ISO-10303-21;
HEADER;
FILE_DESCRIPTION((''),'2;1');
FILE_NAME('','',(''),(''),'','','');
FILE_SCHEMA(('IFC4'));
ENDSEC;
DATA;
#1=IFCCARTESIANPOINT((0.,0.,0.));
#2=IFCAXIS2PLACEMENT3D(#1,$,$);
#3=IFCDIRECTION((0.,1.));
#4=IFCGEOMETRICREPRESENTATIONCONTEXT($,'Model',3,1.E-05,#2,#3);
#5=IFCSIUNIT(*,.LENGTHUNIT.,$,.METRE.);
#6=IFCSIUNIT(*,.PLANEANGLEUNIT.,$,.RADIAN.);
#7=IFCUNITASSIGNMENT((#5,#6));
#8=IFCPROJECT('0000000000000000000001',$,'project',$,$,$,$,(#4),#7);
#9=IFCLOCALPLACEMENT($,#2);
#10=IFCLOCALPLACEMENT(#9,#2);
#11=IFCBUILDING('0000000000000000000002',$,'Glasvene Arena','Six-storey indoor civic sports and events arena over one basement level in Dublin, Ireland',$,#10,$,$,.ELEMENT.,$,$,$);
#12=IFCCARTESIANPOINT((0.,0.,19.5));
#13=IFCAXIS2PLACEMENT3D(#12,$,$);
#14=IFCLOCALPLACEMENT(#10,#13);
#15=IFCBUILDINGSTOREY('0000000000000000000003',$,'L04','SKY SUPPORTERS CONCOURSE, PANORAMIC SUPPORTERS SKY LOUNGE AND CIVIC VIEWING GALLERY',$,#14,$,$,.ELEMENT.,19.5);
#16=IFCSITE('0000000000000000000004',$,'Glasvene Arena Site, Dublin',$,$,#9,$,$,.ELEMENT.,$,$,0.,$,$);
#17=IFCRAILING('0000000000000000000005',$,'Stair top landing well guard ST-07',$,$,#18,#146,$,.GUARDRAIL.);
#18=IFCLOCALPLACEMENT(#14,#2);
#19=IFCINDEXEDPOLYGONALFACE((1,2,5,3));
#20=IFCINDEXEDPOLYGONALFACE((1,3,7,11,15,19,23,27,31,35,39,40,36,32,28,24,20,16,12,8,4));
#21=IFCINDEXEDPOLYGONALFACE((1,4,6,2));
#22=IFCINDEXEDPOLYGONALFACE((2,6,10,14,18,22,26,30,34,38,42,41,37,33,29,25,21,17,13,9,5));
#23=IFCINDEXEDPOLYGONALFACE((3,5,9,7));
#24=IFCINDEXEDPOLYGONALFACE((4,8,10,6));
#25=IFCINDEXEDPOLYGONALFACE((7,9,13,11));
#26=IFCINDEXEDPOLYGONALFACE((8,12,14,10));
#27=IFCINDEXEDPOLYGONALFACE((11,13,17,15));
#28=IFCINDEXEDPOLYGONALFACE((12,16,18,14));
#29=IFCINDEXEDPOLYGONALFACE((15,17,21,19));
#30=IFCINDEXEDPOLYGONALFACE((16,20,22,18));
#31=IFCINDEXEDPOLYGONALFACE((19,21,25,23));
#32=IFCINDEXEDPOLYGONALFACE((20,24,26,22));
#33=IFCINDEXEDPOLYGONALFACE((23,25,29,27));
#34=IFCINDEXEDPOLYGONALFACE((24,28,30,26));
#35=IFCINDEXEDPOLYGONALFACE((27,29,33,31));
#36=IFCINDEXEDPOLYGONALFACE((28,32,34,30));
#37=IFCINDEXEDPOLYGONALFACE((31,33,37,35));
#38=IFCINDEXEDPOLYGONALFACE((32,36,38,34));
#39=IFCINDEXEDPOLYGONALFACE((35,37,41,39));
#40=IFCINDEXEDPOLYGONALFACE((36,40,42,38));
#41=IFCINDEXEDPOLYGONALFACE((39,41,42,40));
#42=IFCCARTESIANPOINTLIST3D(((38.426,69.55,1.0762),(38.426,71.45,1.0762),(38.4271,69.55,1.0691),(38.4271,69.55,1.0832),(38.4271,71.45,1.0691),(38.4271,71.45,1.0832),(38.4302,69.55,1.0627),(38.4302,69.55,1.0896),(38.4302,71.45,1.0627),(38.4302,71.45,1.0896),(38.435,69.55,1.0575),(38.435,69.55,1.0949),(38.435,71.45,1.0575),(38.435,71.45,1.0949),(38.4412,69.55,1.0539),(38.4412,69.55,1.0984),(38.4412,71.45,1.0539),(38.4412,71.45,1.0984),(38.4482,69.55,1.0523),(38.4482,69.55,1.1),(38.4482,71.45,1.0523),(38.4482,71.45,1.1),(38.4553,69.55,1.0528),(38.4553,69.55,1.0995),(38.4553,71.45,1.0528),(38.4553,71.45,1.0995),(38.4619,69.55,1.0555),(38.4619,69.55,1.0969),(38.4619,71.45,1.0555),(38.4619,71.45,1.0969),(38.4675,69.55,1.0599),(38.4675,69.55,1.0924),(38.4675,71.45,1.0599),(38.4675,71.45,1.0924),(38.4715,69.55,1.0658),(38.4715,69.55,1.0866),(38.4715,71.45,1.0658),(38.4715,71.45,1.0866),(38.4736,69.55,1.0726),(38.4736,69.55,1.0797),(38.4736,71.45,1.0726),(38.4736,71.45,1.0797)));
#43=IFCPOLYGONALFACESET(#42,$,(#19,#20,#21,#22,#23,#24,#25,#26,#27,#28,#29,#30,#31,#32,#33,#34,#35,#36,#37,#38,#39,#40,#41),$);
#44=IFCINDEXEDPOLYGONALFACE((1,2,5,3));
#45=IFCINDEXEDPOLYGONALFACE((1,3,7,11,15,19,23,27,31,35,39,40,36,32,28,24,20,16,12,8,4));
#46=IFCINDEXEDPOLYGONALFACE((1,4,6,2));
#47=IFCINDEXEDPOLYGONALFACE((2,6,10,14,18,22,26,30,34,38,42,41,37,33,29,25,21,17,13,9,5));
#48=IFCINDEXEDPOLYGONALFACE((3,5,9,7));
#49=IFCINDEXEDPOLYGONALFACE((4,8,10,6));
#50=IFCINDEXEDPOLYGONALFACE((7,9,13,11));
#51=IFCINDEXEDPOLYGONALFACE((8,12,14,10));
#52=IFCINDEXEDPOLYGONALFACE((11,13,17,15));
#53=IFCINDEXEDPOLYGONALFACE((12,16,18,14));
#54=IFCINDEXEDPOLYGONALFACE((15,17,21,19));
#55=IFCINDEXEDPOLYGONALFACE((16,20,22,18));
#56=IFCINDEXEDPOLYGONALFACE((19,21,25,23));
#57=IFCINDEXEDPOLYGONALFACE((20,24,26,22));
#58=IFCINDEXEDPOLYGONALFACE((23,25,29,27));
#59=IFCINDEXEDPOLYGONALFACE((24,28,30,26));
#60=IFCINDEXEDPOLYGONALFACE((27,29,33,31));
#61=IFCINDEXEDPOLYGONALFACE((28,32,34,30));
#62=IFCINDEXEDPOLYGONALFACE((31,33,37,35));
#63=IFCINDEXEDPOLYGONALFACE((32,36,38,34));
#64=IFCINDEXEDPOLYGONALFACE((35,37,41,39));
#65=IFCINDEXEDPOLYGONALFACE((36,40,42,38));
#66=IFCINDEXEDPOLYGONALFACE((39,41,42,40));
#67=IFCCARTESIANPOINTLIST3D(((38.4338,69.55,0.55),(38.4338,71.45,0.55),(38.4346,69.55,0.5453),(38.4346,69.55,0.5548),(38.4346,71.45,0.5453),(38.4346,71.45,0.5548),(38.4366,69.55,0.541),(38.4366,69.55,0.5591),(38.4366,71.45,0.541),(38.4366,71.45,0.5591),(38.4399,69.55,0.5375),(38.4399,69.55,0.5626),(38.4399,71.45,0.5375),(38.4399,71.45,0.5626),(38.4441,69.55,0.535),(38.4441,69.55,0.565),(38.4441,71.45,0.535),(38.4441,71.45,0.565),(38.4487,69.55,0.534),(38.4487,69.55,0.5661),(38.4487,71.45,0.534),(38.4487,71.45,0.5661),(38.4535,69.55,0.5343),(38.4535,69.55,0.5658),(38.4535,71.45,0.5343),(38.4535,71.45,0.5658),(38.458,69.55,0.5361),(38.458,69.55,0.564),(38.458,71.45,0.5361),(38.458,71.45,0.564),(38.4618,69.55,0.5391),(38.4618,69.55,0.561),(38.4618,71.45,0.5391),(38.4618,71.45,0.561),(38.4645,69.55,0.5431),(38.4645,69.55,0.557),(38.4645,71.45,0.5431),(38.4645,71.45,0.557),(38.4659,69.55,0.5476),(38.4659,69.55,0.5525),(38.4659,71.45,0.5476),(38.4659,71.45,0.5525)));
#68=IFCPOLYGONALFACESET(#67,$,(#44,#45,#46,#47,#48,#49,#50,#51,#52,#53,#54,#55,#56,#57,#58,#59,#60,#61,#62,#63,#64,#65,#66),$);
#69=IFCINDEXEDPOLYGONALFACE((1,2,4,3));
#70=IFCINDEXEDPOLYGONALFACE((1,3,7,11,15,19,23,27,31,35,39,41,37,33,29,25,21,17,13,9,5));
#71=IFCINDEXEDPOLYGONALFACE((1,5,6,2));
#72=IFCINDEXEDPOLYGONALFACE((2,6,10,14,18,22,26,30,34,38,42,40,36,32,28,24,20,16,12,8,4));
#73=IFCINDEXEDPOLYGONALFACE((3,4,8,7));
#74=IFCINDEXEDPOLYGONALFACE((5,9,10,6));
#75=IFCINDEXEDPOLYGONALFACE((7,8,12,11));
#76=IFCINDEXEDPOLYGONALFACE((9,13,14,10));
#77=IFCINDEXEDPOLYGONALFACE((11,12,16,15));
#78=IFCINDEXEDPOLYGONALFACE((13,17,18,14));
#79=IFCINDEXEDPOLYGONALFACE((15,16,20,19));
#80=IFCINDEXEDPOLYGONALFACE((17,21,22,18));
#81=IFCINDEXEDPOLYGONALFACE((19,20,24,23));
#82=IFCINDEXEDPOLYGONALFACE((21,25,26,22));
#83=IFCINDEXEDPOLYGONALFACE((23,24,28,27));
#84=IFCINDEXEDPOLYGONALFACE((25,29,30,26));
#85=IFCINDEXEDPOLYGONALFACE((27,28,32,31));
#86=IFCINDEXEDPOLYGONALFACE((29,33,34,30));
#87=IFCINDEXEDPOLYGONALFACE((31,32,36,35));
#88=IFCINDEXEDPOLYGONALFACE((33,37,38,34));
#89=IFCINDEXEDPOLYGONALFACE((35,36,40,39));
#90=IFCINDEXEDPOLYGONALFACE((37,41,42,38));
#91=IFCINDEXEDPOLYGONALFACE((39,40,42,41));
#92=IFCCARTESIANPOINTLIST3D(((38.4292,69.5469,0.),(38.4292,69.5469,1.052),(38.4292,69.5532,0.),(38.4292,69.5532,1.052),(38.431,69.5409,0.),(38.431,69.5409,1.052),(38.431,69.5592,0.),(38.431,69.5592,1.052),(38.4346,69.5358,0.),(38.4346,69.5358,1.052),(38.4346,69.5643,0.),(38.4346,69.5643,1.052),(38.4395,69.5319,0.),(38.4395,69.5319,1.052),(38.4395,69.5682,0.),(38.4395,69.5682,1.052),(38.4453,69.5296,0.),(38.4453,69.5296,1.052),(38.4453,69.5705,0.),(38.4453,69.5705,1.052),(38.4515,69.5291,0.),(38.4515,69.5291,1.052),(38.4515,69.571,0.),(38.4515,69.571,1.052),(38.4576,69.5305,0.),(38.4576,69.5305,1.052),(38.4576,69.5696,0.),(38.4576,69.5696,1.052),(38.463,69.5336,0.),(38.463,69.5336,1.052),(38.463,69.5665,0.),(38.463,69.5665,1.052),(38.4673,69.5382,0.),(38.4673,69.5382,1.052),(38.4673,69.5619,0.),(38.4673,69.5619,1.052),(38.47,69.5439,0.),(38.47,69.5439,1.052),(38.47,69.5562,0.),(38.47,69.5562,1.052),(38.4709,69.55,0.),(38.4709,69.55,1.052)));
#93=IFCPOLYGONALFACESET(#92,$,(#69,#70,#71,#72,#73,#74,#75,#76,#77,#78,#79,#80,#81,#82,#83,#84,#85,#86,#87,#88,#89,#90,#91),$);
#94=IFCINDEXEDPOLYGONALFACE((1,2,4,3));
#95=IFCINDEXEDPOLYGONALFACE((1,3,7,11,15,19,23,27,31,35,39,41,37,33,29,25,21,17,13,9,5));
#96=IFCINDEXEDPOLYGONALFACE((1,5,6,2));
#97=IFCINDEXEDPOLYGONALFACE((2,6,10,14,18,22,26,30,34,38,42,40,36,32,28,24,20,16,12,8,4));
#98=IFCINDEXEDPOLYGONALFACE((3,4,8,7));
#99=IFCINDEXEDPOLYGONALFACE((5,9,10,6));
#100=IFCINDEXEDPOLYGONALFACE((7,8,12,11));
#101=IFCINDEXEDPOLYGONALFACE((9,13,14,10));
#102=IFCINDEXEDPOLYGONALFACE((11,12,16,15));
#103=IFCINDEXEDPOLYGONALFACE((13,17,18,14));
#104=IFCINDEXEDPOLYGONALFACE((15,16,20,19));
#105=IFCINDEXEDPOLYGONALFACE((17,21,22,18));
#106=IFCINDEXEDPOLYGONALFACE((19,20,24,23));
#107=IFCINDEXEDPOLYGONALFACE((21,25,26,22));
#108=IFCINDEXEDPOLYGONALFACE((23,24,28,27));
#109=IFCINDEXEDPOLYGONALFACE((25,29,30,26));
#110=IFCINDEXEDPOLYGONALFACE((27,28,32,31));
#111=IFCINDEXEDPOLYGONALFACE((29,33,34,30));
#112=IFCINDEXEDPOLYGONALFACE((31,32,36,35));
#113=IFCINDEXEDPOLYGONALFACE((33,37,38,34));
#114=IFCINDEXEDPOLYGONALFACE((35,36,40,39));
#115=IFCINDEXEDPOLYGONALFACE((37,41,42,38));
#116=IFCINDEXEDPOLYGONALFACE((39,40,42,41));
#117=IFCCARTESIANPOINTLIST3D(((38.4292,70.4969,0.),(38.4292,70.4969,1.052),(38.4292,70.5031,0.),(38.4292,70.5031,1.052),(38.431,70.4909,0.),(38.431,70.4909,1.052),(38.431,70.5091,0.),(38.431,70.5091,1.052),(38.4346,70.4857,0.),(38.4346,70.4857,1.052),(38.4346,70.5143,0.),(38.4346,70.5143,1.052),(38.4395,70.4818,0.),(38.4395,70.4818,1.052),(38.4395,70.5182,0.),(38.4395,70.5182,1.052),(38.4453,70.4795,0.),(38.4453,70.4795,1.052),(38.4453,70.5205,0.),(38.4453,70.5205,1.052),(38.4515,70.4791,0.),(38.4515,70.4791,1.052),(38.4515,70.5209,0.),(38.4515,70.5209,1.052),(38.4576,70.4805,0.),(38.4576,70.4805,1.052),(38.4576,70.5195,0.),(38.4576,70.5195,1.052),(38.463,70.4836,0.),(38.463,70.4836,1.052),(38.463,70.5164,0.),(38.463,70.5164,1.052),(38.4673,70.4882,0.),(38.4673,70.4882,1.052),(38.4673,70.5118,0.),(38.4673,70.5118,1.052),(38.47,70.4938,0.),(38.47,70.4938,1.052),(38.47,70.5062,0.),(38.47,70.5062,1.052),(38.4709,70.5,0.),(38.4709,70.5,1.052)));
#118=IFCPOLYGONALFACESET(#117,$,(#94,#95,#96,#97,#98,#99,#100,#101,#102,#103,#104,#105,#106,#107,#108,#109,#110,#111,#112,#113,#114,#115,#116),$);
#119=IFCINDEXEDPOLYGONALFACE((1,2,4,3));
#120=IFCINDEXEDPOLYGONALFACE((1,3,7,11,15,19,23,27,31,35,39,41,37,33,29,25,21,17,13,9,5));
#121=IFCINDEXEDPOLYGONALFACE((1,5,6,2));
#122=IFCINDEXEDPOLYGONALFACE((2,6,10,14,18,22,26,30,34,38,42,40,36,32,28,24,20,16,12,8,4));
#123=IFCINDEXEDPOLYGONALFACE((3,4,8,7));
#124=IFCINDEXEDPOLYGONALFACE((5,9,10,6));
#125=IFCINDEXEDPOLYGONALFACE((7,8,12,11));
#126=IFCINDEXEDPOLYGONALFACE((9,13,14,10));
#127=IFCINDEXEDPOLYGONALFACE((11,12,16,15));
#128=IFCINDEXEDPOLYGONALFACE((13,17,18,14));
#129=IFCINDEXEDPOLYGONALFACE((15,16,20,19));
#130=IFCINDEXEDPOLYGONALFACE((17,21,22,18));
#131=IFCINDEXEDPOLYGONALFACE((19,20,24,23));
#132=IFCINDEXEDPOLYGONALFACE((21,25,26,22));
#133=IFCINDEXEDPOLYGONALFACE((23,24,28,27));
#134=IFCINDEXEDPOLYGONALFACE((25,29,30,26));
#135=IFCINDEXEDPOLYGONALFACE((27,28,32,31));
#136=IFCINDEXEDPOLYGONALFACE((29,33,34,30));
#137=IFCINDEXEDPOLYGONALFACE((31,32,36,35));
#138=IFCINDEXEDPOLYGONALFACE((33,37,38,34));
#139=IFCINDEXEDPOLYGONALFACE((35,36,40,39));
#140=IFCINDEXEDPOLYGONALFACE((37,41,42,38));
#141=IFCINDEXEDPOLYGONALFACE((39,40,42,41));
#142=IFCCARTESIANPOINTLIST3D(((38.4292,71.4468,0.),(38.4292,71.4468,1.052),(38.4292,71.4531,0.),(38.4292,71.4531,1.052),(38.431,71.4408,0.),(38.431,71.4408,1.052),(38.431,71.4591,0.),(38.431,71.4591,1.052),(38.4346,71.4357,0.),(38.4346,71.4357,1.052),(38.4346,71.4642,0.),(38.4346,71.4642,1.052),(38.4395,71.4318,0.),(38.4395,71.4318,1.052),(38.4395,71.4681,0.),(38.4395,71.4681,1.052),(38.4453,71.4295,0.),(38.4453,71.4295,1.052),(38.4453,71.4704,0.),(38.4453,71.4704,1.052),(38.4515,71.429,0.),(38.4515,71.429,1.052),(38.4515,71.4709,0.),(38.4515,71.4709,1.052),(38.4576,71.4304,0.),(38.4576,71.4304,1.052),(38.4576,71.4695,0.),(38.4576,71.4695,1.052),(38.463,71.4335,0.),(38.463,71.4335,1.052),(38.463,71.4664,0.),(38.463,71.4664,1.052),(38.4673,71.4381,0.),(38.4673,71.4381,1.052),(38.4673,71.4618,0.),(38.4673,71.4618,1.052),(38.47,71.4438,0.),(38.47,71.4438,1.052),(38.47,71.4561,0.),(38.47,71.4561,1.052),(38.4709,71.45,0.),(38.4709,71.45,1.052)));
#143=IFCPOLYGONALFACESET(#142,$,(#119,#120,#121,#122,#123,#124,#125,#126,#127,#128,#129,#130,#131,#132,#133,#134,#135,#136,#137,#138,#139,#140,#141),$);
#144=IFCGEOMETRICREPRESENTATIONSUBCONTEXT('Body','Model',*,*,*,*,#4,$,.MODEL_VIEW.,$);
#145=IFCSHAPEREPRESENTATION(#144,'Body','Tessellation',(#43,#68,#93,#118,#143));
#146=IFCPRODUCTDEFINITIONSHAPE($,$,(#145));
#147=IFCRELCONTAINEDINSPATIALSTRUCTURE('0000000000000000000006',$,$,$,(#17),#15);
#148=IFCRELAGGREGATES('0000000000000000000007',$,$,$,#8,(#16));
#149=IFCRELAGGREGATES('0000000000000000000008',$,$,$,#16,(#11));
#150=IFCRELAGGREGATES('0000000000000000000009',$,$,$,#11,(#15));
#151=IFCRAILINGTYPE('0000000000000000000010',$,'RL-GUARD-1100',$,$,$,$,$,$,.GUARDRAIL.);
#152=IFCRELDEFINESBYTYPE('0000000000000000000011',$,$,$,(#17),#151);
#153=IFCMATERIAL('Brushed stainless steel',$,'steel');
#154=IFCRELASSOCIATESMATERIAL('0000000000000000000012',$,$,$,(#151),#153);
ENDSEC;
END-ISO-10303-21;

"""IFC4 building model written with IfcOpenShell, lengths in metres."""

from ifc_helpers import new_model, si_unit, direction, frame, origin, origin_2d, place, context, subcontext, project, spatial, circle, extrude, material, type_object, element, save


model = new_model("IFC4")

# Units and contexts
model_context = context("Model", 3, precision=1e-05, world=origin(), true_north=direction((0.0, 1.0)))
body_context = subcontext(model_context, "Body", "Model", "MODEL_VIEW")
ifc_project = project(units=[si_unit("LENGTHUNIT", "METRE"), si_unit("PLANEANGLEUNIT", "RADIAN")], contexts=[model_context])

# Site, building, storey
site_placement = place(None, origin())
site = spatial("IfcSite", under=ifc_project, at=site_placement, Name="Glasvene Arena Site, Dublin", CompositionType="ELEMENT", RefElevation=0.0)
building_placement = place(site_placement, origin())
building = spatial("IfcBuilding", under=site, at=building_placement, Name="Glasvene Arena", Description="Six-storey indoor civic sports and events arena over one basement level in Dublin, Ireland", CompositionType="ELEMENT")
storey_placement = place(building_placement, frame((0.0, 0.0, 19.5)))
storey = spatial("IfcBuildingStorey", under=building, at=storey_placement, Name="L04", Description="SKY SUPPORTERS CONCOURSE, PANORAMIC SUPPORTERS SKY LOUNGE AND CIVIC VIEWING GALLERY", CompositionType="ELEMENT", Elevation=19.5)

# Railing
ifc_material_1 = material(Name="Brushed stainless steel", Category="steel")
railing_type = type_object("IfcRailingType", Name="RL-GUARD-1100", PredefinedType="GUARDRAIL", material=ifc_material_1)
railing_placement = place(storey_placement, frame((38.45, 69.55, 0.0)))
element("IfcRailing", 1, at=railing_placement, inside=storey, type_object=railing_type, Name="Stair top landing well guard ST-07", PredefinedType="GUARDRAIL", context=body_context, shape_type="SweptSolid", body=[
    extrude(circle(Radius=0.0239, at=origin_2d()), frame((0.0, 0.0, 1.0762), z_axis=(0.0, 1.0, 0.0), x_axis=(-1.0, 0.0, 0.0)), (0.0, 0.0, 1.0), 1.8999),
    extrude(circle(Radius=0.0161, at=origin_2d()), frame((0.0, 0.0, 0.55), z_axis=(0.0, 1.0, 0.0), x_axis=(-1.0, 0.0, 0.0)), (0.0, 0.0, 1.0), 1.8999),
    extrude(circle(Radius=0.021, at=origin_2d()), origin(), (0.0, 0.0, 1.0), 1.052),
    extrude(circle(Radius=0.021, at=origin_2d()), frame((0.0, 0.95, 0.0)), (0.0, 0.0, 1.0), 1.052),
    extrude(circle(Radius=0.021, at=origin_2d()), frame((0.0, 1.8999, 0.0)), (0.0, 0.0, 1.0), 1.052),
])

save(model, "model.ifc")
